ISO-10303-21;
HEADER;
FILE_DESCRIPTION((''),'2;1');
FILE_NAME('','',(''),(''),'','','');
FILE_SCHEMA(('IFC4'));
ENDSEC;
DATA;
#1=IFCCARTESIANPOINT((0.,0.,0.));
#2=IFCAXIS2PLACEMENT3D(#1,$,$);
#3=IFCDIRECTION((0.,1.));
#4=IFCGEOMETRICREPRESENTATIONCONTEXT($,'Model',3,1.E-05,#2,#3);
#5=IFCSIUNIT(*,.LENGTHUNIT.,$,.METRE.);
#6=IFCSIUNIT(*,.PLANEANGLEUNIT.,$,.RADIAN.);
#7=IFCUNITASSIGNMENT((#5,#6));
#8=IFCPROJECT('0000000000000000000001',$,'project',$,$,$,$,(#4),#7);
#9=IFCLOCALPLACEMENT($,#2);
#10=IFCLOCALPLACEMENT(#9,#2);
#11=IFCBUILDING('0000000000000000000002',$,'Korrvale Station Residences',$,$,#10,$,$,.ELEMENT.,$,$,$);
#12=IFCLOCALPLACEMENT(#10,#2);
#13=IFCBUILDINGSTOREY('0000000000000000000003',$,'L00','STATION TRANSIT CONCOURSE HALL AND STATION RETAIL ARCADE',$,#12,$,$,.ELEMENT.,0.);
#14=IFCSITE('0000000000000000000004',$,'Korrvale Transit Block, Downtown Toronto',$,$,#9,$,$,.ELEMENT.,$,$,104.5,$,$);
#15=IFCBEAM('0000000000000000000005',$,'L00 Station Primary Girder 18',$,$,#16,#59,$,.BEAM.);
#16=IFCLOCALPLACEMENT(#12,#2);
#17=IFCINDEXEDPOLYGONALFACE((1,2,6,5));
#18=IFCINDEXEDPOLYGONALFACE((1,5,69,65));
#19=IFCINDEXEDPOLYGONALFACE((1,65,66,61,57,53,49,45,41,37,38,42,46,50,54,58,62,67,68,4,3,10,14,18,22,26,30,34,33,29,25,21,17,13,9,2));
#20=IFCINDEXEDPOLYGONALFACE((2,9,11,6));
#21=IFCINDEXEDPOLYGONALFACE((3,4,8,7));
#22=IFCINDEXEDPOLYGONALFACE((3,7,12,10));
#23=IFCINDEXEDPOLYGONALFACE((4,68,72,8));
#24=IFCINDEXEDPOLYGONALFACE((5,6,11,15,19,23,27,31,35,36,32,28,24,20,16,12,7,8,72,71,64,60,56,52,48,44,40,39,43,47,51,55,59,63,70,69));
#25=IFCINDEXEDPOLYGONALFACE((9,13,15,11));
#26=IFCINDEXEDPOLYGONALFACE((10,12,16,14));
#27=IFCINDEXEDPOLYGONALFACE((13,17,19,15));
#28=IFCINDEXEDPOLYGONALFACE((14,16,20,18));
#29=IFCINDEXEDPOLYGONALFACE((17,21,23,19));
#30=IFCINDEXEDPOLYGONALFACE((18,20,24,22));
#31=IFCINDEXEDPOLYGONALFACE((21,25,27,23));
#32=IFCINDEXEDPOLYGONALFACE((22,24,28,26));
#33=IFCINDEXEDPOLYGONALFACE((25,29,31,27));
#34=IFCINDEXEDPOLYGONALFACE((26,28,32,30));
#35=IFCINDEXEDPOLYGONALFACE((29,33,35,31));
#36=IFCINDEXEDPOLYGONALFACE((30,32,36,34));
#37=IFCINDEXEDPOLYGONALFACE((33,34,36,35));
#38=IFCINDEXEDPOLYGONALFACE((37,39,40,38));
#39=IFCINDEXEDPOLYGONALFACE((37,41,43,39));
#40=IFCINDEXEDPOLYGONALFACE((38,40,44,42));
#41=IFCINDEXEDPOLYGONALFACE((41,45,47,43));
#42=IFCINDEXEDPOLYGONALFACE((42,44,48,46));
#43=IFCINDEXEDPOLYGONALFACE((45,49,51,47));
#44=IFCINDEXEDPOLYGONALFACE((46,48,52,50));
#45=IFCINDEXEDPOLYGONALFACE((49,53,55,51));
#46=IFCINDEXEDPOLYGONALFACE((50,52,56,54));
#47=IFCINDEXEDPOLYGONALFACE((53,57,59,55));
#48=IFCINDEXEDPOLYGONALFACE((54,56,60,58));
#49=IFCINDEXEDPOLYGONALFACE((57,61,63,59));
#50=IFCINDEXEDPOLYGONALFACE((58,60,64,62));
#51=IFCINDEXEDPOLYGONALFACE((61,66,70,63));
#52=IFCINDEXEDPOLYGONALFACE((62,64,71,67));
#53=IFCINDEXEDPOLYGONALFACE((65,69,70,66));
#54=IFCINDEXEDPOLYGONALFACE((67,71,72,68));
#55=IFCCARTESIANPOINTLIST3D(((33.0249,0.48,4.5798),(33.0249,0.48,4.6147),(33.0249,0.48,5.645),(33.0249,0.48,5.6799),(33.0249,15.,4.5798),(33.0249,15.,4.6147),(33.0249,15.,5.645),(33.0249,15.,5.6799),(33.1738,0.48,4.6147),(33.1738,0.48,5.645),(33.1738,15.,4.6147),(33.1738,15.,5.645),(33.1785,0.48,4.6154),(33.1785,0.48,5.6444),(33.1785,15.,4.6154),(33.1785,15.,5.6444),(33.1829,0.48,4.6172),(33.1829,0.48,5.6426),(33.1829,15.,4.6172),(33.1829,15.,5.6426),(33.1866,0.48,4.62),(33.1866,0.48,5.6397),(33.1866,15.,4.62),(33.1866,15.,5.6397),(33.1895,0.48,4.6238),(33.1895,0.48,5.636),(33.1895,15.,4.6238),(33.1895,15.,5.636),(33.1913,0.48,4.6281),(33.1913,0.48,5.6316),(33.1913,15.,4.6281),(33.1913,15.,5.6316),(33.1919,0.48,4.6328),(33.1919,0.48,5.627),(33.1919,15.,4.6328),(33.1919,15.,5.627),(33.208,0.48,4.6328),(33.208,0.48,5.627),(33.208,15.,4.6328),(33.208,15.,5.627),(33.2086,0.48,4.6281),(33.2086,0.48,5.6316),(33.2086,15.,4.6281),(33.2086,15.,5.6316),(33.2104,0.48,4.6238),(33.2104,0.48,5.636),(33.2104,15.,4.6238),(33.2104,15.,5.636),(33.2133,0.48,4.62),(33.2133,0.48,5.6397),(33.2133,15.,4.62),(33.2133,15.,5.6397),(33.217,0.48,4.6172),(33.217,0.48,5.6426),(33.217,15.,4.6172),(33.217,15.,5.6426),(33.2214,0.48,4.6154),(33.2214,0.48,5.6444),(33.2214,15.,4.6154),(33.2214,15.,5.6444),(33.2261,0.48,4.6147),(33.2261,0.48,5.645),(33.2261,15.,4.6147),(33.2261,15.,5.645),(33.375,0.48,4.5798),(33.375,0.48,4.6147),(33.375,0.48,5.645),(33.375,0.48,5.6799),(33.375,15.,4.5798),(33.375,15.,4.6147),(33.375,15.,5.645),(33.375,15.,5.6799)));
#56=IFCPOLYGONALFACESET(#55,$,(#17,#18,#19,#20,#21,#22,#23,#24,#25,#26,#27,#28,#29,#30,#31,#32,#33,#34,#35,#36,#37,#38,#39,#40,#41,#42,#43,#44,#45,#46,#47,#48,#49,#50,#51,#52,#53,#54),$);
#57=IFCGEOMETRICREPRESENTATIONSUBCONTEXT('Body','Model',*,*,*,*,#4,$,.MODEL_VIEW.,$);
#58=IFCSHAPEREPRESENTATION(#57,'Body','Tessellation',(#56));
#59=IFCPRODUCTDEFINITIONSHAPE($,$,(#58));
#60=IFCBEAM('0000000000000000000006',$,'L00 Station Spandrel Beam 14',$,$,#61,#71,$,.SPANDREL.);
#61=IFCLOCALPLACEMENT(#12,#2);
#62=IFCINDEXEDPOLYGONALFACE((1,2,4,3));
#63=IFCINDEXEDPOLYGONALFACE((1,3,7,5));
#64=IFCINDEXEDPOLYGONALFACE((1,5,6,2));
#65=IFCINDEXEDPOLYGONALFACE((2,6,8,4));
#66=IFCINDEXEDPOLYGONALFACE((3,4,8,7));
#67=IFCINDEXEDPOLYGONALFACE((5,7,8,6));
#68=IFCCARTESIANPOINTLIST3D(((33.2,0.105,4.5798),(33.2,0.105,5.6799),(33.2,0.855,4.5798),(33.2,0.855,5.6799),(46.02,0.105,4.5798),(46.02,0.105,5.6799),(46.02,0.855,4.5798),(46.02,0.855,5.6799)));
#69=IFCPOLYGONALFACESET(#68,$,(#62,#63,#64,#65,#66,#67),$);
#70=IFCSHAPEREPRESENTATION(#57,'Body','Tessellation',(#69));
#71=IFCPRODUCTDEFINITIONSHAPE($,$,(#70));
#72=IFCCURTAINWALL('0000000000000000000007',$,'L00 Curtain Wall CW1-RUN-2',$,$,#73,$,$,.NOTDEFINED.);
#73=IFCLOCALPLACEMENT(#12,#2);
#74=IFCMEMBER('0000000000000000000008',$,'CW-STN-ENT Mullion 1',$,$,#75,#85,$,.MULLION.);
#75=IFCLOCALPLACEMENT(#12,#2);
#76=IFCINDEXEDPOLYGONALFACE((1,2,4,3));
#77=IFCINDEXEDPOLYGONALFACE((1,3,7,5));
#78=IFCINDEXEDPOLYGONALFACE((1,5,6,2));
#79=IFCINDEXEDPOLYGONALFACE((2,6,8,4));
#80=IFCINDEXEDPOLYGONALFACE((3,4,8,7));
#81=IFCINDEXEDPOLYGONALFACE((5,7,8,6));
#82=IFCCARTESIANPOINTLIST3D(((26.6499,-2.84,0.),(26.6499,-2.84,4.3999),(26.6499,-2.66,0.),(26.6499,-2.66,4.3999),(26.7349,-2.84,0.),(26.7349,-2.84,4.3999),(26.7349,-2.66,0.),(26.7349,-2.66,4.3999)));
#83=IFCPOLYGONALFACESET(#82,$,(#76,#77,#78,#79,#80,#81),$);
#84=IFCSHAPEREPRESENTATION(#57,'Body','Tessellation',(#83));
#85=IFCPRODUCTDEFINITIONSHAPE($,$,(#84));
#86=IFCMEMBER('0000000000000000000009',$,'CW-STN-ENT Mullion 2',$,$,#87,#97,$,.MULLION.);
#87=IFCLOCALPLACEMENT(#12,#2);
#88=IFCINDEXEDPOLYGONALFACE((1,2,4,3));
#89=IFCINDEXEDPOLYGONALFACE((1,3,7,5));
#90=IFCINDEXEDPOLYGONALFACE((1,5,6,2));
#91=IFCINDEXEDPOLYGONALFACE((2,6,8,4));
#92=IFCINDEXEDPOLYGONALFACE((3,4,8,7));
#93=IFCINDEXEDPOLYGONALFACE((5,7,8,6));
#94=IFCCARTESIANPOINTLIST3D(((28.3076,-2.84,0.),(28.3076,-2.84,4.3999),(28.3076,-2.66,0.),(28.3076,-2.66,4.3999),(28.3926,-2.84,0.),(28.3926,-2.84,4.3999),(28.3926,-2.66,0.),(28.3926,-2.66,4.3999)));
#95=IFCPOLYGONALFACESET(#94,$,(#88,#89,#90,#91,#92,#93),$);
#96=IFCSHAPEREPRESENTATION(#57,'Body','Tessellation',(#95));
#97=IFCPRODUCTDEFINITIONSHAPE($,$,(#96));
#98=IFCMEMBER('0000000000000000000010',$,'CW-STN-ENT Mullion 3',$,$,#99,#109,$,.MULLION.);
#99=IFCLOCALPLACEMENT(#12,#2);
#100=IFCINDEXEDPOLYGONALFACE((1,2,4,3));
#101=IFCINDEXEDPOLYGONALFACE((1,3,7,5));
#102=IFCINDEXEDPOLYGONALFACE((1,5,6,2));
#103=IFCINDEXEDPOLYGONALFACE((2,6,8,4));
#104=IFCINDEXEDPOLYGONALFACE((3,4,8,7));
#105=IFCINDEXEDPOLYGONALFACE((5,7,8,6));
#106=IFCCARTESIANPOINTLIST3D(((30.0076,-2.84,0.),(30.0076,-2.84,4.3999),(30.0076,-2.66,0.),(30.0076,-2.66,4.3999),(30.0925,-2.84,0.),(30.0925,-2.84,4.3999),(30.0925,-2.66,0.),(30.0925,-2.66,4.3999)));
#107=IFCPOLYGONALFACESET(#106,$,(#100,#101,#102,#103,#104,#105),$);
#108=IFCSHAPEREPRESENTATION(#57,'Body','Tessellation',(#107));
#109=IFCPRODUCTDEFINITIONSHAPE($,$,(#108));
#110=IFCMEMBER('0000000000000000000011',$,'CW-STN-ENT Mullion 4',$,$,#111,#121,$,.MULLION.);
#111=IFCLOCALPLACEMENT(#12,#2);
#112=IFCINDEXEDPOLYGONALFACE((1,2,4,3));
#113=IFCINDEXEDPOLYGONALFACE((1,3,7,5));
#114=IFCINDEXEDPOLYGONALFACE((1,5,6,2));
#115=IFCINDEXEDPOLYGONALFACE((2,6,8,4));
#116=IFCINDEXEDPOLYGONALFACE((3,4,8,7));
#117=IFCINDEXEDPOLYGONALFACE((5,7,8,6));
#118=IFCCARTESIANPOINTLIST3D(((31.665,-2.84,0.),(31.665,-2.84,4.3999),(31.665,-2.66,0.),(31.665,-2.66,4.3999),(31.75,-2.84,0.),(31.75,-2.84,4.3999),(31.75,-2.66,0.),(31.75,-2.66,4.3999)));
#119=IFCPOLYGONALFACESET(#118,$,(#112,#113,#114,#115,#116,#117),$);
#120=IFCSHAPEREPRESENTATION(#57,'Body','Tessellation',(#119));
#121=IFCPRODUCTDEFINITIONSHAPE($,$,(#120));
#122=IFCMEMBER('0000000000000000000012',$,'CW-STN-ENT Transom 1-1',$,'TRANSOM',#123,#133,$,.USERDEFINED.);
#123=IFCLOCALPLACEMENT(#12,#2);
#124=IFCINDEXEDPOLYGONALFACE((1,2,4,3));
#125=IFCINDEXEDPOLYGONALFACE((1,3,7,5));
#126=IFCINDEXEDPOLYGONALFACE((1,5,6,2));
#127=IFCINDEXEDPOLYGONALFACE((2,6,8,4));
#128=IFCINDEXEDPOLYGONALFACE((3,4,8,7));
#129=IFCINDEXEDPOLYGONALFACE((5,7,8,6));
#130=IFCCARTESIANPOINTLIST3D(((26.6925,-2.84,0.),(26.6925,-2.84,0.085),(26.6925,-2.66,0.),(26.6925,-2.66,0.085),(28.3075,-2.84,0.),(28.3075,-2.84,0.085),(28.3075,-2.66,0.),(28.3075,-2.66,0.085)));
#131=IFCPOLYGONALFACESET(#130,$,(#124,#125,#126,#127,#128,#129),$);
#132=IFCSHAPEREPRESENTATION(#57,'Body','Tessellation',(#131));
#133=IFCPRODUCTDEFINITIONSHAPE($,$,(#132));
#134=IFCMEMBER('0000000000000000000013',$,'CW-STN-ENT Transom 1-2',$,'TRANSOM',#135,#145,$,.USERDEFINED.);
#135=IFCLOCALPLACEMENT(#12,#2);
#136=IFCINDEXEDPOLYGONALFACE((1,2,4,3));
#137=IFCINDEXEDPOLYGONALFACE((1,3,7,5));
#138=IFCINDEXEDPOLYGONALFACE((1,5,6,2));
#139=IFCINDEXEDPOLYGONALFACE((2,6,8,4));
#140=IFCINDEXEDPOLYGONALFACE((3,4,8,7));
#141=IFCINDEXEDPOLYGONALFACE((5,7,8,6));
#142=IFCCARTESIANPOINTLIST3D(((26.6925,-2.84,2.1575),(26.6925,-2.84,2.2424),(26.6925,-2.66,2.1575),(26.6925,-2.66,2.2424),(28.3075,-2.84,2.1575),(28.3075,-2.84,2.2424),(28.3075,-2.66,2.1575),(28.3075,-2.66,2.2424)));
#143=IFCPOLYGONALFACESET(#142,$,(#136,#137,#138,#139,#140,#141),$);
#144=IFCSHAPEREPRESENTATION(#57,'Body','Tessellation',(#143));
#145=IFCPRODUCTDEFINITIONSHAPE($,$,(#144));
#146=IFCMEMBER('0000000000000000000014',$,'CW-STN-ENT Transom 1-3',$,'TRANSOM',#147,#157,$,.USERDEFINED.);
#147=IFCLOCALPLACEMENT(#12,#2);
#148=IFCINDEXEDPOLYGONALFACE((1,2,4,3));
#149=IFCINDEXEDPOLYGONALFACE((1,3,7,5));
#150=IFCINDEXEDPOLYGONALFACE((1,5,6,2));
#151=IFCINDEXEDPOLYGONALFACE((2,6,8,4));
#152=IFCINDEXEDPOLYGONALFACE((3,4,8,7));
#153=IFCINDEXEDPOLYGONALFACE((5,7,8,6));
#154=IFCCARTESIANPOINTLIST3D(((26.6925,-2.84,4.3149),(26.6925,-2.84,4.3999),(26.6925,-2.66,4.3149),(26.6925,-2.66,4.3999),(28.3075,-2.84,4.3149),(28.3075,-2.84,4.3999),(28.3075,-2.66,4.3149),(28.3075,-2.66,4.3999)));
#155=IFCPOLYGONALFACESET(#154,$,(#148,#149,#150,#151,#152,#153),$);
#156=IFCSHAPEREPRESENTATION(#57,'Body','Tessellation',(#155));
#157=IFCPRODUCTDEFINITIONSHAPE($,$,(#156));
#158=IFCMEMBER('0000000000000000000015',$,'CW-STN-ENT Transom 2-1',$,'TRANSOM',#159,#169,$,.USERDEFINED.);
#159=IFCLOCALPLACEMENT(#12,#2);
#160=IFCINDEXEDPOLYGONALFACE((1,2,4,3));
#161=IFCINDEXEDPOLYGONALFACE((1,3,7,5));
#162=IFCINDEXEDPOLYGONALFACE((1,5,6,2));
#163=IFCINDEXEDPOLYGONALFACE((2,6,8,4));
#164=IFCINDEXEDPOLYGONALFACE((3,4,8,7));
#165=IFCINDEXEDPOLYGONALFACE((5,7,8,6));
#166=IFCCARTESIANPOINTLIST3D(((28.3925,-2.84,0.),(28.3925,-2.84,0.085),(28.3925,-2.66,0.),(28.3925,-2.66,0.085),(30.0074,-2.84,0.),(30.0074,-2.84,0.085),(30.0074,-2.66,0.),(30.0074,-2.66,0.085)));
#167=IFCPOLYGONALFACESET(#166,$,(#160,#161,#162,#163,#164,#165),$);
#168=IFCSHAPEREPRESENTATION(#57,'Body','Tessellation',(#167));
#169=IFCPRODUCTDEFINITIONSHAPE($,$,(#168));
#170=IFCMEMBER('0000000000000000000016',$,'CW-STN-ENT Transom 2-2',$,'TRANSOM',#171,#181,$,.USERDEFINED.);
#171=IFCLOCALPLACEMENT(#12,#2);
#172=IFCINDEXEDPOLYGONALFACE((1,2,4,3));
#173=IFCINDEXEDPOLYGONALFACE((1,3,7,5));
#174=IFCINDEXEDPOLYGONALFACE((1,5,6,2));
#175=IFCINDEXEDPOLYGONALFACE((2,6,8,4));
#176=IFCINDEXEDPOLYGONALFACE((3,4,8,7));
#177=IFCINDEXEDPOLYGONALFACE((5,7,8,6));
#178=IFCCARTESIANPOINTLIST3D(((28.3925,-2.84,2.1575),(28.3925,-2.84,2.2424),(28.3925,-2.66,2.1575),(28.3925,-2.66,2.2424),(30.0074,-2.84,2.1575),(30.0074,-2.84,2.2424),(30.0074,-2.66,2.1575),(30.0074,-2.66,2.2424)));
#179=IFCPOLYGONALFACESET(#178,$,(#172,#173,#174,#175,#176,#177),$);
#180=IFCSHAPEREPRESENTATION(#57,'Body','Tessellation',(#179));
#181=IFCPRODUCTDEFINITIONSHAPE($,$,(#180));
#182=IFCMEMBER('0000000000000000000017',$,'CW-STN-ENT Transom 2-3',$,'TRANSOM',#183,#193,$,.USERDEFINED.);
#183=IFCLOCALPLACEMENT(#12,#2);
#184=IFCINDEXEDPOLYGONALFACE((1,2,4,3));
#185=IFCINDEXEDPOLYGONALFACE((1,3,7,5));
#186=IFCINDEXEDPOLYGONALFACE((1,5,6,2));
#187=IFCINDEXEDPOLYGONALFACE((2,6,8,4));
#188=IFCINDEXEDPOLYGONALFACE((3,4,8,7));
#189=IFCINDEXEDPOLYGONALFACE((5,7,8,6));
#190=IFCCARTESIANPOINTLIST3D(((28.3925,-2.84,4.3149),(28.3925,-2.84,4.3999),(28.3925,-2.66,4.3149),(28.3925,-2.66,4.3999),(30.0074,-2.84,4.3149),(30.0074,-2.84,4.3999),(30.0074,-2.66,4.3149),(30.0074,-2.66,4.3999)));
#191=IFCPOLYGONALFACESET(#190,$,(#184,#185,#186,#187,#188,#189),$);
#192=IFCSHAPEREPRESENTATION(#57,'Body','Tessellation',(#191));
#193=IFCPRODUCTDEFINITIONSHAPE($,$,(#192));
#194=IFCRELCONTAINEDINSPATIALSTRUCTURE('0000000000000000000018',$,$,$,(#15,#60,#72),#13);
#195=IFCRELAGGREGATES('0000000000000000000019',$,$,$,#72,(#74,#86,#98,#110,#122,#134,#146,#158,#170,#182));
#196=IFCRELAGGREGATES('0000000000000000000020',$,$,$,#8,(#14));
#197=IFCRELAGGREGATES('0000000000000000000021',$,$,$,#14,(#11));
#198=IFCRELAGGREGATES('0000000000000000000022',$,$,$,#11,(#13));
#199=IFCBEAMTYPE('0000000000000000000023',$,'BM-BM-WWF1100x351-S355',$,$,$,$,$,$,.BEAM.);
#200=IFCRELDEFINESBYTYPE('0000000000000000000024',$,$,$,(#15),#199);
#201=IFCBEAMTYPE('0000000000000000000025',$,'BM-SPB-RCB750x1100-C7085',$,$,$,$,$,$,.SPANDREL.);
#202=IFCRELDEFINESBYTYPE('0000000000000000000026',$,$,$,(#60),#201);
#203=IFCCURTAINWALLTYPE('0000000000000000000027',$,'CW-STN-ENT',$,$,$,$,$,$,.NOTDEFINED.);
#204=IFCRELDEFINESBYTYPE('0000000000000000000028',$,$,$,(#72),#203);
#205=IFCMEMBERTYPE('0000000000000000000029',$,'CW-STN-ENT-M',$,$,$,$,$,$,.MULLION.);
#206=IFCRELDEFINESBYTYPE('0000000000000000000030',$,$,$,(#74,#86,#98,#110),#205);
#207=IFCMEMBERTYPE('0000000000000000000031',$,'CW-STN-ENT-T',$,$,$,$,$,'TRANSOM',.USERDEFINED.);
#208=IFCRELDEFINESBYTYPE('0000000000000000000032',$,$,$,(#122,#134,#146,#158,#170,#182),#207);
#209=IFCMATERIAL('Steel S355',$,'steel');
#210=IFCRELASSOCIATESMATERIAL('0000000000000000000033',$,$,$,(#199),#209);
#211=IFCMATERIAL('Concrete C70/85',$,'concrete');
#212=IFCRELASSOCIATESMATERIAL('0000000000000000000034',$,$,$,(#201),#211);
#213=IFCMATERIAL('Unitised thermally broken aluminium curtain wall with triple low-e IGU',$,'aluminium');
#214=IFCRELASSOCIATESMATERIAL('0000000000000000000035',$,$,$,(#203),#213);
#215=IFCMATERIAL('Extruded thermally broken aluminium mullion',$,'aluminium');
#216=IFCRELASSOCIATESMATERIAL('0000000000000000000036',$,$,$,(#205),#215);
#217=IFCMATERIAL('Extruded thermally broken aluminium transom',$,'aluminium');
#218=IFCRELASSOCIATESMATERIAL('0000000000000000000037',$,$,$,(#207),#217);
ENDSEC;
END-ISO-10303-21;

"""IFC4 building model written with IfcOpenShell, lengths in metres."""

from ifc_helpers import new_model, si_unit, direction, frame, origin, origin_2d, place, context, subcontext, project, spatial, rectangle, i_section, extrude, material, material_profile, profile_set, type_object, element, aggregate, save


model = new_model("IFC4")

# Units and contexts
model_context = context("Model", 3, precision=1e-05, world=origin(), true_north=direction((0.0, 1.0)))
body_context = subcontext(model_context, "Body", "Model", "MODEL_VIEW")
ifc_project = project(units=[si_unit("LENGTHUNIT", "METRE"), si_unit("PLANEANGLEUNIT", "RADIAN")], contexts=[model_context])

# Site, building, storey
site_placement = place(None, origin())
site = spatial("IfcSite", under=ifc_project, at=site_placement, Name="Korrvale Transit Block, Downtown Toronto", CompositionType="ELEMENT", RefElevation=104.5)
building_placement = place(site_placement, origin())
building = spatial("IfcBuilding", under=site, at=building_placement, Name="Korrvale Station Residences", CompositionType="ELEMENT")
storey_placement = place(building_placement, origin())
storey = spatial("IfcBuildingStorey", under=building, at=storey_placement, Name="L00", Description="STATION TRANSIT CONCOURSE HALL AND STATION RETAIL ARCADE", CompositionType="ELEMENT", Elevation=0.0)

# Shared definitions
ifc_material_1 = material(Name="Steel S355", Category="steel")
ifc_material_2 = material(Name="Concrete C70/85", Category="concrete")

# Beams
ifc_material_profile_1 = material_profile(ifc_material_1, i_section(OverallWidth=0.3501, OverallDepth=1.1001, WebThickness=0.0161, FlangeThickness=0.0349, FilletRadius=0.0181, at=origin_2d()), Name="WWF1100x351")
ifc_profile_set_1 = profile_set([ifc_material_profile_1], Name="Steel S355")
beam_type_1 = type_object("IfcBeamType", Name="BM-BM-WWF1100x351-S355", PredefinedType="BEAM", material=ifc_profile_set_1)
beam_1_placement = place(storey_placement, frame((33.2, 0.48, 5.1299), z_axis=(0.0, 1.0, 0.0), x_axis=(-1.0, 0.0, 0.0)))
element("IfcBeam", 1, at=beam_1_placement, inside=storey, type_object=beam_type_1, Name="L00 Station Primary Girder 18", PredefinedType="BEAM", context=body_context, shape_type="SweptSolid", body=[
    extrude(i_section(OverallWidth=0.3501, OverallDepth=1.1001, WebThickness=0.0161, FlangeThickness=0.0349, FilletRadius=0.0181, at=origin_2d()), origin(), (0.0, 0.0, 1.0), 14.52),
])
ifc_material_profile_2 = material_profile(ifc_material_2, rectangle(XDim=0.75, YDim=1.1001, at=origin_2d()), Name="RCB750x1100")
ifc_profile_set_2 = profile_set([ifc_material_profile_2], Name="Concrete C70/85")
beam_type_2 = type_object("IfcBeamType", Name="BM-SPB-RCB750x1100-C7085", PredefinedType="SPANDREL", material=ifc_profile_set_2)
beam_2_placement = place(storey_placement, frame((33.2, 0.48, 5.1299), z_axis=(1.0, 0.0, 0.0), x_axis=(0.0, 1.0, 0.0)))
element("IfcBeam", 2, at=beam_2_placement, inside=storey, type_object=beam_type_2, Name="L00 Station Spandrel Beam 14", PredefinedType="SPANDREL", context=body_context, shape_type="SweptSolid", body=[
    extrude(rectangle(XDim=0.75, YDim=1.1001, at=origin_2d()), origin(), (0.0, 0.0, 1.0), 12.8201),
])

# Curtain wall, members
ifc_material_3 = material(Name="Unitised thermally broken aluminium curtain wall with triple low-e IGU", Category="aluminium")
curtain_wall_type = type_object("IfcCurtainWallType", Name="CW-STN-ENT", PredefinedType="NOTDEFINED", material=ifc_material_3)
curtain_wall_placement = place(storey_placement, origin())
curtain_wall = element("IfcCurtainWall", 3, at=curtain_wall_placement, inside=storey, type_object=curtain_wall_type, Name="L00 Curtain Wall CW1-RUN-2", PredefinedType="NOTDEFINED")
ifc_material_4 = material(Name="Extruded thermally broken aluminium mullion", Category="aluminium")
member_type_1 = type_object("IfcMemberType", Name="CW-STN-ENT-M", PredefinedType="MULLION", material=ifc_material_4)
member_1_placement = place(storey_placement, frame((26.6924, -2.75, 0.0), z_axis=(0.0, 0.0, 1.0), x_axis=(1.0, 0.0, 0.0)))
member_1 = element("IfcMember", 4, at=member_1_placement, type_object=member_type_1, Name="CW-STN-ENT Mullion 1", PredefinedType="MULLION", context=body_context, shape_type="SweptSolid", body=[
    extrude(rectangle(XDim=0.085, YDim=0.1799, at=origin_2d()), origin(), (0.0, 0.0, 1.0), 4.3999),
])
member_2_placement = place(storey_placement, frame((28.3501, -2.75, 0.0), z_axis=(0.0, 0.0, 1.0), x_axis=(1.0, 0.0, 0.0)))
member_2 = element("IfcMember", 5, at=member_2_placement, type_object=member_type_1, Name="CW-STN-ENT Mullion 2", PredefinedType="MULLION", context=body_context, shape_type="SweptSolid", body=[
    extrude(rectangle(XDim=0.085, YDim=0.1799, at=origin_2d()), origin(), (0.0, 0.0, 1.0), 4.3999),
])
member_3_placement = place(storey_placement, frame((30.05, -2.75, 0.0), z_axis=(0.0, 0.0, 1.0), x_axis=(1.0, 0.0, 0.0)))
member_3 = element("IfcMember", 6, at=member_3_placement, type_object=member_type_1, Name="CW-STN-ENT Mullion 3", PredefinedType="MULLION", context=body_context, shape_type="SweptSolid", body=[
    extrude(rectangle(XDim=0.085, YDim=0.1799, at=origin_2d()), origin(), (0.0, 0.0, 1.0), 4.3999),
])
member_4_placement = place(storey_placement, frame((31.7075, -2.75, 0.0), z_axis=(0.0, 0.0, 1.0), x_axis=(1.0, 0.0, 0.0)))
member_4 = element("IfcMember", 7, at=member_4_placement, type_object=member_type_1, Name="CW-STN-ENT Mullion 4", PredefinedType="MULLION", context=body_context, shape_type="SweptSolid", body=[
    extrude(rectangle(XDim=0.085, YDim=0.1799, at=origin_2d()), origin(), (0.0, 0.0, 1.0), 4.3999),
])
ifc_material_5 = material(Name="Extruded thermally broken aluminium transom", Category="aluminium")
member_type_2 = type_object("IfcMemberType", Name="CW-STN-ENT-T", ElementType="TRANSOM", PredefinedType="USERDEFINED", material=ifc_material_5)
member_5_placement = place(storey_placement, frame((27.5, -2.75, 0.0), z_axis=(0.0, 0.0, 1.0), x_axis=(1.0, 0.0, 0.0)))
member_5 = element("IfcMember", 8, at=member_5_placement, type_object=member_type_2, Name="CW-STN-ENT Transom 1-1", ObjectType="TRANSOM", PredefinedType="USERDEFINED", context=body_context, shape_type="SweptSolid", body=[
    extrude(rectangle(XDim=1.615, YDim=0.1799, at=origin_2d()), origin(), (0.0, 0.0, 1.0), 0.085),
])
member_6_placement = place(storey_placement, frame((27.5, -2.75, 2.1575), z_axis=(0.0, 0.0, 1.0), x_axis=(1.0, 0.0, 0.0)))
member_6 = element("IfcMember", 9, at=member_6_placement, type_object=member_type_2, Name="CW-STN-ENT Transom 1-2", ObjectType="TRANSOM", PredefinedType="USERDEFINED", context=body_context, shape_type="SweptSolid", body=[
    extrude(rectangle(XDim=1.615, YDim=0.1799, at=origin_2d()), origin(), (0.0, 0.0, 1.0), 0.085),
])
member_7_placement = place(storey_placement, frame((27.5, -2.75, 4.3149), z_axis=(0.0, 0.0, 1.0), x_axis=(1.0, 0.0, 0.0)))
member_7 = element("IfcMember", 10, at=member_7_placement, type_object=member_type_2, Name="CW-STN-ENT Transom 1-3", ObjectType="TRANSOM", PredefinedType="USERDEFINED", context=body_context, shape_type="SweptSolid", body=[
    extrude(rectangle(XDim=1.615, YDim=0.1799, at=origin_2d()), origin(), (0.0, 0.0, 1.0), 0.085),
])
member_8_placement = place(storey_placement, frame((29.2, -2.75, 0.0), z_axis=(0.0, 0.0, 1.0), x_axis=(1.0, 0.0, 0.0)))
member_8 = element("IfcMember", 11, at=member_8_placement, type_object=member_type_2, Name="CW-STN-ENT Transom 2-1", ObjectType="TRANSOM", PredefinedType="USERDEFINED", context=body_context, shape_type="SweptSolid", body=[
    extrude(rectangle(XDim=1.615, YDim=0.1799, at=origin_2d()), origin(), (0.0, 0.0, 1.0), 0.085),
])
member_9_placement = place(storey_placement, frame((29.2, -2.75, 2.1575), z_axis=(0.0, 0.0, 1.0), x_axis=(1.0, 0.0, 0.0)))
member_9 = element("IfcMember", 12, at=member_9_placement, type_object=member_type_2, Name="CW-STN-ENT Transom 2-2", ObjectType="TRANSOM", PredefinedType="USERDEFINED", context=body_context, shape_type="SweptSolid", body=[
    extrude(rectangle(XDim=1.615, YDim=0.1799, at=origin_2d()), origin(), (0.0, 0.0, 1.0), 0.085),
])
member_10_placement = place(storey_placement, frame((29.2, -2.75, 4.3149), z_axis=(0.0, 0.0, 1.0), x_axis=(1.0, 0.0, 0.0)))
member_10 = element("IfcMember", 13, at=member_10_placement, type_object=member_type_2, Name="CW-STN-ENT Transom 2-3", ObjectType="TRANSOM", PredefinedType="USERDEFINED", context=body_context, shape_type="SweptSolid", body=[
    extrude(rectangle(XDim=1.615, YDim=0.1799, at=origin_2d()), origin(), (0.0, 0.0, 1.0), 0.085),
])
aggregate(curtain_wall, [member_1, member_2, member_3, member_4, member_5, member_6, member_7, member_8, member_9, member_10])

save(model, "model.ifc")
